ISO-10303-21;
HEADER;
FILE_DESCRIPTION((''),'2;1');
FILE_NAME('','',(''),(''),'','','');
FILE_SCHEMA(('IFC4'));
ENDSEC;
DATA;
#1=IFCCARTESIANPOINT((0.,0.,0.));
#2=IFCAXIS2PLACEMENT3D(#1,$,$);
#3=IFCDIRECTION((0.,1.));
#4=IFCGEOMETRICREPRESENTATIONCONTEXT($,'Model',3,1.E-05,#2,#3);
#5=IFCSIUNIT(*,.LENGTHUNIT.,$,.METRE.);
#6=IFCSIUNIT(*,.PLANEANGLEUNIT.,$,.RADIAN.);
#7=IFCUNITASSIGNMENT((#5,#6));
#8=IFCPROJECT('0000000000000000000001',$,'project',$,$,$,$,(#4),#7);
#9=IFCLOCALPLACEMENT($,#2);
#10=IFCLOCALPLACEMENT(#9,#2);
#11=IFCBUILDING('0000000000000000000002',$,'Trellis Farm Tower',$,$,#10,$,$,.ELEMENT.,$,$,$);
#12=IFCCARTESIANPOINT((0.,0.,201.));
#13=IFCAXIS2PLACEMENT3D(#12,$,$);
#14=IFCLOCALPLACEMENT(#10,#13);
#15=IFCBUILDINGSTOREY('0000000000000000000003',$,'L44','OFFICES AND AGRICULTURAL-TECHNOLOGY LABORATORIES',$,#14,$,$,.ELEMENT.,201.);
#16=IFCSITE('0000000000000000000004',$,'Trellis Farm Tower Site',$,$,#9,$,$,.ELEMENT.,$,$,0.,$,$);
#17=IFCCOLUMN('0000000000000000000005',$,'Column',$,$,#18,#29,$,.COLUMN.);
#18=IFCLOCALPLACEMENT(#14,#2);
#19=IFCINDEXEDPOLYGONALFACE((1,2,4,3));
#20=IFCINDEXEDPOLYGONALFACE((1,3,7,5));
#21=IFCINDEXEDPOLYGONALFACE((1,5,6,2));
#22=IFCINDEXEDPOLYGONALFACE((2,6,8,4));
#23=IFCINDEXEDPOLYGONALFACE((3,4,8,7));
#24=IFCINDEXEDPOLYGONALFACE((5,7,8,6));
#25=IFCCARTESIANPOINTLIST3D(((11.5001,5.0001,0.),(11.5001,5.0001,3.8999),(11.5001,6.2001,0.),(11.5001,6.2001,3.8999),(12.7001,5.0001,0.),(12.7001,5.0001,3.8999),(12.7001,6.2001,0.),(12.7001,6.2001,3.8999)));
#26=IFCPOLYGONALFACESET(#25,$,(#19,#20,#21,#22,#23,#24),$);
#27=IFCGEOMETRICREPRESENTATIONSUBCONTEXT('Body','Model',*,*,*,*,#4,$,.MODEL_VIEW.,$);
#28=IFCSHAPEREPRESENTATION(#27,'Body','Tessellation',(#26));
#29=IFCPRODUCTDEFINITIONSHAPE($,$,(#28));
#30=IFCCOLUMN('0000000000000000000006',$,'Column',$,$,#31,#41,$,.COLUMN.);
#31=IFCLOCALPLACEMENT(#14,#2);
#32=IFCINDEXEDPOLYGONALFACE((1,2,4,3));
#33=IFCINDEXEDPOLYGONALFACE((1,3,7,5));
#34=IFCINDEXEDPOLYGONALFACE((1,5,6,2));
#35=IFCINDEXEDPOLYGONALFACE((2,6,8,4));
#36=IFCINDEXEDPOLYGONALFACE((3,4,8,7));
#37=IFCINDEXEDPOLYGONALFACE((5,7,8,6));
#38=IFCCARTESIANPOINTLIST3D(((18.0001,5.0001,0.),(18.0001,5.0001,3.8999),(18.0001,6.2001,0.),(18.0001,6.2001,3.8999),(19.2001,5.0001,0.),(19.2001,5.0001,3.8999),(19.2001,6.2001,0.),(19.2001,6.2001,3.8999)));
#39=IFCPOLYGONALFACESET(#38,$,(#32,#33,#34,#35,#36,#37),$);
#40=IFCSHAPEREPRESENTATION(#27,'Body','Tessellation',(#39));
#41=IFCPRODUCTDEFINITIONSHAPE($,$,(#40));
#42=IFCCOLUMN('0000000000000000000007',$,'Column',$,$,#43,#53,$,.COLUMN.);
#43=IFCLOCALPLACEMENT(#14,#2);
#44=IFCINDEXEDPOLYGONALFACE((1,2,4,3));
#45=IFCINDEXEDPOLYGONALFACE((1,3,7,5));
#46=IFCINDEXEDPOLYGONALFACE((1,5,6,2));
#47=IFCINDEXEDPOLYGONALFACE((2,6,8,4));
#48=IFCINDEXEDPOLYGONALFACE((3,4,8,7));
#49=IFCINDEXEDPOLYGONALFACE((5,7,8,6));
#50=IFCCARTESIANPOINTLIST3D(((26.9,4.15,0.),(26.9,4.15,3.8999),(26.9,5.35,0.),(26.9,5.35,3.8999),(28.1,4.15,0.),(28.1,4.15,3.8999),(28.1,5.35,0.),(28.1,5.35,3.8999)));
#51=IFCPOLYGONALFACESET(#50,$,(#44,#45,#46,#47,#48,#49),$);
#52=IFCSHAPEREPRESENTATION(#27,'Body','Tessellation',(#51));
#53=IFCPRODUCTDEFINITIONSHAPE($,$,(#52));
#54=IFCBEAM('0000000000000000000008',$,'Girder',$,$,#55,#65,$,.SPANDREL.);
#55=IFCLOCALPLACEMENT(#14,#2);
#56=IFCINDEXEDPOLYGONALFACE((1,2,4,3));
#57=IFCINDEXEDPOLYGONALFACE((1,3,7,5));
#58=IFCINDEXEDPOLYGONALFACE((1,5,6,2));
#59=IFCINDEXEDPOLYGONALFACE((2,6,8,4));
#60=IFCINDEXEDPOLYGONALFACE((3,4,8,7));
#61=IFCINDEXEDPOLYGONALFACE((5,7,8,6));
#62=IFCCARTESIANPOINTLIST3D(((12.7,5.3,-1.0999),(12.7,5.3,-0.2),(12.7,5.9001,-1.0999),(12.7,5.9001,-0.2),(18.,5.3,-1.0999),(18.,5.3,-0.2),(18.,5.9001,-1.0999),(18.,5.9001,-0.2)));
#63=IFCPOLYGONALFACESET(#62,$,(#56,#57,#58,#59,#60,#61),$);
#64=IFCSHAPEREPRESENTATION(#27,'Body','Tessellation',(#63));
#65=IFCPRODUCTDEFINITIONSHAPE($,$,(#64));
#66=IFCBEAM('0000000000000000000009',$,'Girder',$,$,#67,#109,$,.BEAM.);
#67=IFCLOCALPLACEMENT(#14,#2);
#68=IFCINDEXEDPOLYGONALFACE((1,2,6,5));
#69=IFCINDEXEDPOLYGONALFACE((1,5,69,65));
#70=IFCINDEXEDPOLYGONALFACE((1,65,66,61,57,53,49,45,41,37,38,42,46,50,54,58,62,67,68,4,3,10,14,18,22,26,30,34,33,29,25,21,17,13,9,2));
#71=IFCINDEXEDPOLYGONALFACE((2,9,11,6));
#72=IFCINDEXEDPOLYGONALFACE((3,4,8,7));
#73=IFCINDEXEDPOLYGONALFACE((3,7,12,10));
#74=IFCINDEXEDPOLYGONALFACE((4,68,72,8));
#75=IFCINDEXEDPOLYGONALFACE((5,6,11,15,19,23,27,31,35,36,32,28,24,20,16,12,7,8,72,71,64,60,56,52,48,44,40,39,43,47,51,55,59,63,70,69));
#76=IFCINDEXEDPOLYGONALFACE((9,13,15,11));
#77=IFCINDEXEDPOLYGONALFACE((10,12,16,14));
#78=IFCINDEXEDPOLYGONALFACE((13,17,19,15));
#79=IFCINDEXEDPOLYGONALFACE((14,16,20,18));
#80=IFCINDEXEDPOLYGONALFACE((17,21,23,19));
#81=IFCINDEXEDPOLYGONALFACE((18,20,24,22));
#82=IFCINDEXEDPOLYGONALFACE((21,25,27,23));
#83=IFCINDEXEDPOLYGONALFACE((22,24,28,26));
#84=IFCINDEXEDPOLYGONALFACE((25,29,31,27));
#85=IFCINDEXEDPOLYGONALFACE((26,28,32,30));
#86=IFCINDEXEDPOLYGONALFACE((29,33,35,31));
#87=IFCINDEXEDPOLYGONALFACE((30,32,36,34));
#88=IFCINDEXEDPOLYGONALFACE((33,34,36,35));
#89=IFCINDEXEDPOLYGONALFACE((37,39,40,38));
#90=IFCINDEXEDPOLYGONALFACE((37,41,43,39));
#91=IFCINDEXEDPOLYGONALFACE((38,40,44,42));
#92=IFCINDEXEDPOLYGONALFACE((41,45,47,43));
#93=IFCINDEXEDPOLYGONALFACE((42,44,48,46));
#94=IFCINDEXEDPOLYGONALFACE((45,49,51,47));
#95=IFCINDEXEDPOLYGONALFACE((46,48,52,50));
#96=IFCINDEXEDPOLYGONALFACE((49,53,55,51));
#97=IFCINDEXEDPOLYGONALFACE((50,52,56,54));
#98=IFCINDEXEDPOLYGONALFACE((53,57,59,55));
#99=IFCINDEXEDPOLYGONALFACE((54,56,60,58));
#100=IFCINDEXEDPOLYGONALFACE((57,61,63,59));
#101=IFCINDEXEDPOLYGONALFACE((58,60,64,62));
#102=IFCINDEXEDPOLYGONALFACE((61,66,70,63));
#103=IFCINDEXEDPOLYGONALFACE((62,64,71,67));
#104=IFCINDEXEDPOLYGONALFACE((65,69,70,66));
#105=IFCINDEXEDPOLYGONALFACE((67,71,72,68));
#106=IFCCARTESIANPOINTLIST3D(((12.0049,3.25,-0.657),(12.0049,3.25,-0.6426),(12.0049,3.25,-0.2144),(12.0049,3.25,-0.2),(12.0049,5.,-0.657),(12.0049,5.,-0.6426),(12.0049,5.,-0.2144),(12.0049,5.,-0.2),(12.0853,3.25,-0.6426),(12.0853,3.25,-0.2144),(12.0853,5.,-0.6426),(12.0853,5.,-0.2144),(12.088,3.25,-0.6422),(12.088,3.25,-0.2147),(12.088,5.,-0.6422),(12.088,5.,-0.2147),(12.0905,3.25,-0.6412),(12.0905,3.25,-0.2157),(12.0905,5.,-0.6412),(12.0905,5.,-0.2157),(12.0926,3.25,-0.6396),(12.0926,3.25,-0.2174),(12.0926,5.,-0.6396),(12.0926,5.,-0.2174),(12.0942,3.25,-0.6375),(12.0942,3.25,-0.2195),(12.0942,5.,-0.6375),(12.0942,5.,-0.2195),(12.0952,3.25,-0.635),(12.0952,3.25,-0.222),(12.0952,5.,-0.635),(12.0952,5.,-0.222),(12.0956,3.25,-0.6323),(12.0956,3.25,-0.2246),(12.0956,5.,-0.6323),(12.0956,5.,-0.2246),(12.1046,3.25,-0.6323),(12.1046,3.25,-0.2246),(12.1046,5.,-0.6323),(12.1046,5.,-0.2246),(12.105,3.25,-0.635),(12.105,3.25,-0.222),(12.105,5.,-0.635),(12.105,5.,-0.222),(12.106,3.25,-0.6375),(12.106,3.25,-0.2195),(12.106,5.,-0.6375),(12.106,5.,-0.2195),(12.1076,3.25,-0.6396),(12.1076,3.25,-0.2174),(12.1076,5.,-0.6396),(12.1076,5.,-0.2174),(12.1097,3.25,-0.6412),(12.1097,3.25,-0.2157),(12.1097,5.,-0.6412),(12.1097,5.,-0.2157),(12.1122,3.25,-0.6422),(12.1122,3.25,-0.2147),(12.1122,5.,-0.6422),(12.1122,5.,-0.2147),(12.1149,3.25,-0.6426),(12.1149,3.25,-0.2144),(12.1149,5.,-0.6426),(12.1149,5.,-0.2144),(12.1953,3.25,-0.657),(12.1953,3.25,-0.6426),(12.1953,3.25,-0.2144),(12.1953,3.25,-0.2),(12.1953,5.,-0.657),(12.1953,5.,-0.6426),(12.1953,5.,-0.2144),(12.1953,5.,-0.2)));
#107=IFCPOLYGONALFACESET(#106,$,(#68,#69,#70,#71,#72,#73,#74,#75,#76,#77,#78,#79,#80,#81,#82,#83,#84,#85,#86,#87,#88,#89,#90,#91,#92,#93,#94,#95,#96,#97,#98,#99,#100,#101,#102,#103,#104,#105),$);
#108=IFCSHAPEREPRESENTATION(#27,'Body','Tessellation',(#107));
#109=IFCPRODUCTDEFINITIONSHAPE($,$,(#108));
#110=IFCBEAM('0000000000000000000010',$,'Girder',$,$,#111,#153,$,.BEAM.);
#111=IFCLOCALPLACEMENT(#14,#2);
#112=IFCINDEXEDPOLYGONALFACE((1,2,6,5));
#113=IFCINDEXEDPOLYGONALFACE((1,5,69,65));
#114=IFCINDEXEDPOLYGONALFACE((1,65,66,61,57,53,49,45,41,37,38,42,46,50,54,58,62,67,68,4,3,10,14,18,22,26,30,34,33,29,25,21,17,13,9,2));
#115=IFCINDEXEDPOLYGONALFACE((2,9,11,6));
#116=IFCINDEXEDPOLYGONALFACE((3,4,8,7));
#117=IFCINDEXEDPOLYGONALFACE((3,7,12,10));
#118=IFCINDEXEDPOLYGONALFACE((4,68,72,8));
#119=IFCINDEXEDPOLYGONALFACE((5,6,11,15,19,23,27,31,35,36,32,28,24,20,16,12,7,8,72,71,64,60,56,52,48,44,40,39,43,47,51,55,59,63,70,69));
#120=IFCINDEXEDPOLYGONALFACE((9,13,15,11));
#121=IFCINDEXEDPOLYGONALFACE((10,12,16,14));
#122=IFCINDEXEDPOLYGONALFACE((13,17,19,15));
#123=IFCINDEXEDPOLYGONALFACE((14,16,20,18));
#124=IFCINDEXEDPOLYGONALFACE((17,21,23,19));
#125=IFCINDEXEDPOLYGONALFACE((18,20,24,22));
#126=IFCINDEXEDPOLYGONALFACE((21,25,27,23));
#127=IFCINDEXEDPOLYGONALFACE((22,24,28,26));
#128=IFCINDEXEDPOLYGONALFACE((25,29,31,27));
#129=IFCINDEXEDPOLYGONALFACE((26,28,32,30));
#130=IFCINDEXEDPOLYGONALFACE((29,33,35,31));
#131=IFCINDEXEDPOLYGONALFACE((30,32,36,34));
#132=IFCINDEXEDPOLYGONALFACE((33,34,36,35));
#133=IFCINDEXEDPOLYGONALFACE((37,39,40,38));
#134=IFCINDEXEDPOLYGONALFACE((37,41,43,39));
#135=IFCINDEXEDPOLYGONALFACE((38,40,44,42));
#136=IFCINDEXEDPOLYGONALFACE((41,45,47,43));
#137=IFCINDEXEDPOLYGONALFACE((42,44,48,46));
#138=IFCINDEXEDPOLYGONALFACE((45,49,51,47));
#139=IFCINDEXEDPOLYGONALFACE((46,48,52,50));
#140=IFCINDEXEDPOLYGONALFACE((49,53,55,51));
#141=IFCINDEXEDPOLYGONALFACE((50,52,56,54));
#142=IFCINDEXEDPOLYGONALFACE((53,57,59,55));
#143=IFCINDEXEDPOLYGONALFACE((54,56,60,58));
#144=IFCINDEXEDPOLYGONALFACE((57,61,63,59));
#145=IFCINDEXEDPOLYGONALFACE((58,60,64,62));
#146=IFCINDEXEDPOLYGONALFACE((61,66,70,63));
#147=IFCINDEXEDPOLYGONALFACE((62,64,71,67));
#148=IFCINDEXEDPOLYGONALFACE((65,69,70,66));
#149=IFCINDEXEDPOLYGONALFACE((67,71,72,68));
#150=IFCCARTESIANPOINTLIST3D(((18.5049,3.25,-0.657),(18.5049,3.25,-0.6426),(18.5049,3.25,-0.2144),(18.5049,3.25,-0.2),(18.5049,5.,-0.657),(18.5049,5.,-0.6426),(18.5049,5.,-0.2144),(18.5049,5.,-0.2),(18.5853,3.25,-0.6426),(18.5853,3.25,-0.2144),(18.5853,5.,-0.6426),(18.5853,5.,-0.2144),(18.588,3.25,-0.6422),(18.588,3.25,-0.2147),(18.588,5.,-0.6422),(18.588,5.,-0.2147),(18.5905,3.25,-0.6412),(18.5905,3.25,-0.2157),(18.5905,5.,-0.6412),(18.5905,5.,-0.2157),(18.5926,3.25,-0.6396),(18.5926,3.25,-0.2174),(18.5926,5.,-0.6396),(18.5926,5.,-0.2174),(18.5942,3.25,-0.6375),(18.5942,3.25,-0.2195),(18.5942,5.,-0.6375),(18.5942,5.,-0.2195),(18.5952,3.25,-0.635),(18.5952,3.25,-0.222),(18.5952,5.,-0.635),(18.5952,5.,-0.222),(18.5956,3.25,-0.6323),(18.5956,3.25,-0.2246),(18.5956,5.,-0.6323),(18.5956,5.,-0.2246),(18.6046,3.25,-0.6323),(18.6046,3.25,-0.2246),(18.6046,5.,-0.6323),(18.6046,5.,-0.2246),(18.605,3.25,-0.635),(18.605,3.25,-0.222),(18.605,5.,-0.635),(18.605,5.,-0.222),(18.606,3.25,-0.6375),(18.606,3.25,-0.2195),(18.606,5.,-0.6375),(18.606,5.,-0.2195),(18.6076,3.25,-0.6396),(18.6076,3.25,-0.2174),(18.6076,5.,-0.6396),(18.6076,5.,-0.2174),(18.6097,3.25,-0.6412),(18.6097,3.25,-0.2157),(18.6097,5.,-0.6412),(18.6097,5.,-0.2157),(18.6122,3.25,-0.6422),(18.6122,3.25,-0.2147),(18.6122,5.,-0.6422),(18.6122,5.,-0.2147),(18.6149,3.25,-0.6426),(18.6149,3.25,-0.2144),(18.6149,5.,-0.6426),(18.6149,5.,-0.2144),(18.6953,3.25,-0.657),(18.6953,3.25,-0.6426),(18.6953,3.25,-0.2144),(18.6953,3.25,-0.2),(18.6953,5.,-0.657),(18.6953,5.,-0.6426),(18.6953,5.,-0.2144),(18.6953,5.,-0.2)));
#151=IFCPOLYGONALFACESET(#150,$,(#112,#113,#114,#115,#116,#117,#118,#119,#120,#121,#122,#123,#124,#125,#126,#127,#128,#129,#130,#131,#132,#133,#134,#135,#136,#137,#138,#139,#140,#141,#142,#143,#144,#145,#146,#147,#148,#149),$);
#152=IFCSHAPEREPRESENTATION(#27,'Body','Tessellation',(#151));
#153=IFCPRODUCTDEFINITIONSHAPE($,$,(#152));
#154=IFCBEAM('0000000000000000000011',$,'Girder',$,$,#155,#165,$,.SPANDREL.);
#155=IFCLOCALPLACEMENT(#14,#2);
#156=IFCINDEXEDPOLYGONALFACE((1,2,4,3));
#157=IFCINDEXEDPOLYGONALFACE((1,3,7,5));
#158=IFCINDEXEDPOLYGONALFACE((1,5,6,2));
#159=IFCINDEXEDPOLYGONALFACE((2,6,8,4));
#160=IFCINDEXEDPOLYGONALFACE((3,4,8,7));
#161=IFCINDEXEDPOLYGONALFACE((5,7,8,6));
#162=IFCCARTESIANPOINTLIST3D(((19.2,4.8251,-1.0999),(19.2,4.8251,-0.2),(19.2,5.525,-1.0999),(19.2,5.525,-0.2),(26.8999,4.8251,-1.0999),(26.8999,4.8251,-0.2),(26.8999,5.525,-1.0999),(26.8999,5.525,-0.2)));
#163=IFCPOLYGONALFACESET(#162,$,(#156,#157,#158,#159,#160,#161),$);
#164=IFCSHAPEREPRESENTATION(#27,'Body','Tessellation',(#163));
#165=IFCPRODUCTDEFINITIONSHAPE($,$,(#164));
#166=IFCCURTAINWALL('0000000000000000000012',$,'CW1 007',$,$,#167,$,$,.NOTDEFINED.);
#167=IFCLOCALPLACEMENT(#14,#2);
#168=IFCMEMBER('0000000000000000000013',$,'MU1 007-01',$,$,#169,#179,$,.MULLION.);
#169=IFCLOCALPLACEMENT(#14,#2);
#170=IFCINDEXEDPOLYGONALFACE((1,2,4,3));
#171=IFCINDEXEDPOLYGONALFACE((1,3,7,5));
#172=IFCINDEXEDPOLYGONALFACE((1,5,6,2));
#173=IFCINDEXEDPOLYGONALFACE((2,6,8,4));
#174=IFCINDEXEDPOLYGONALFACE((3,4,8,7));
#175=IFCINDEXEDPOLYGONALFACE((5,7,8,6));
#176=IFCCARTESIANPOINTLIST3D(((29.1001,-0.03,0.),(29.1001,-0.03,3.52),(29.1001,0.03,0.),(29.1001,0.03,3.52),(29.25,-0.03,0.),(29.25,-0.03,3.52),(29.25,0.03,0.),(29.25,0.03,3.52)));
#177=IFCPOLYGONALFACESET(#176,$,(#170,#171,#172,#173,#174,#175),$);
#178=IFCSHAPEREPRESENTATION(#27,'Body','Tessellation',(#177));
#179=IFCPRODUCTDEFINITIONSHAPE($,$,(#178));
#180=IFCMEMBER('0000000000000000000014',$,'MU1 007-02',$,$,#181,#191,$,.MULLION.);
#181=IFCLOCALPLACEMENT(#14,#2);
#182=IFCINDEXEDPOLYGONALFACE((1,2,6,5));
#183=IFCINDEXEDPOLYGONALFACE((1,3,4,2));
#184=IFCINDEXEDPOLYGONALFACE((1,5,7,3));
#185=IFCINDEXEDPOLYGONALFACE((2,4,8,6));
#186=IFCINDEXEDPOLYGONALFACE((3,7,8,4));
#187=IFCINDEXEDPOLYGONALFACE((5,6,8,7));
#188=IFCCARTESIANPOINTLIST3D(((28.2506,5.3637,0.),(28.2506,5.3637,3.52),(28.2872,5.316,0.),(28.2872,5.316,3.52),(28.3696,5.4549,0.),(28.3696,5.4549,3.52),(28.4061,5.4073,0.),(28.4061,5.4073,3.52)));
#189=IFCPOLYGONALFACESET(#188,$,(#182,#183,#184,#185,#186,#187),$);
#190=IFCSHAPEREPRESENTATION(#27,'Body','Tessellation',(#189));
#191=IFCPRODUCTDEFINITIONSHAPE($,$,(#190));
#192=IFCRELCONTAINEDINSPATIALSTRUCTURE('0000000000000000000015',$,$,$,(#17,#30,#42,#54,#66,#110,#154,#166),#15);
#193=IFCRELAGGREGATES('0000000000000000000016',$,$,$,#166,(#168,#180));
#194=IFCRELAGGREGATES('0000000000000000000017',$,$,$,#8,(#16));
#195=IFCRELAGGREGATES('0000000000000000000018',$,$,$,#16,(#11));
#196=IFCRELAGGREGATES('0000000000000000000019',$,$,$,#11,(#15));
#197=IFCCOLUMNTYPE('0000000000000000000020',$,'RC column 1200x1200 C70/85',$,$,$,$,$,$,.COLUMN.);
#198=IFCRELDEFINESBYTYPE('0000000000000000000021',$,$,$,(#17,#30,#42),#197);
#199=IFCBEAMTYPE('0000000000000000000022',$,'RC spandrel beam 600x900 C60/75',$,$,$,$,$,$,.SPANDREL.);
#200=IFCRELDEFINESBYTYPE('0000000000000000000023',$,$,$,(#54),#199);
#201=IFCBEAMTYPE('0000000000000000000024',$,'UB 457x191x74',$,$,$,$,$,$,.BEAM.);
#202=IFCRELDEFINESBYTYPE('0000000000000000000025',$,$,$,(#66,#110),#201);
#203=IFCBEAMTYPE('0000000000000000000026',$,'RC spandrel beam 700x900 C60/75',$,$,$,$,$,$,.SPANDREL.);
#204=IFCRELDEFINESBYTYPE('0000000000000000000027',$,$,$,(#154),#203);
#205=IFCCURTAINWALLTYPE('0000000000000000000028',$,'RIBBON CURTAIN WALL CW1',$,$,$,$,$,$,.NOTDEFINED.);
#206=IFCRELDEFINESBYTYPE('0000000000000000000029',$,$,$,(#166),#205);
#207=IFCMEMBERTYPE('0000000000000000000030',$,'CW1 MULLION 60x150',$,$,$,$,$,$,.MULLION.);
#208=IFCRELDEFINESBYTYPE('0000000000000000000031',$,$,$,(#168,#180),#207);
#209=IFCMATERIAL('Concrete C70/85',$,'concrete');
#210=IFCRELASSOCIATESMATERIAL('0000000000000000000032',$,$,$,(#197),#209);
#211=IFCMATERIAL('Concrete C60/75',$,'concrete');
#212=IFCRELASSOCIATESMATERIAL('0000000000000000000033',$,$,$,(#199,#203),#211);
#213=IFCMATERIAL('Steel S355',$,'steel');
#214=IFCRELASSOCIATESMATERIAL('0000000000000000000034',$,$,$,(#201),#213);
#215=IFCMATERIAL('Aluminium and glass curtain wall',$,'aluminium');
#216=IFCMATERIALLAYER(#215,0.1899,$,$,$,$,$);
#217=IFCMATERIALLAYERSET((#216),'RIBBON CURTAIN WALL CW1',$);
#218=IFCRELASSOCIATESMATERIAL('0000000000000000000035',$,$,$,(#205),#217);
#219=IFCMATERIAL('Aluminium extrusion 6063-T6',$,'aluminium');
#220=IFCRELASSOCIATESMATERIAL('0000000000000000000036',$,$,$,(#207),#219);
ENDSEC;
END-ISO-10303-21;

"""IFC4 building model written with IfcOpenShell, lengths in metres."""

from ifc_helpers import new_model, si_unit, direction, frame, origin, origin_2d, place, context, subcontext, project, spatial, rectangle, i_section, extrude, source, transform, mapped, material, layer, layer_set, material_profile, profile_set, type_object, element, aggregate, save


model = new_model("IFC4")

# Units and contexts
model_context = context("Model", 3, precision=1e-05, world=origin(), true_north=direction((0.0, 1.0)))
body_context = subcontext(model_context, "Body", "Model", "MODEL_VIEW")
ifc_project = project(units=[si_unit("LENGTHUNIT", "METRE"), si_unit("PLANEANGLEUNIT", "RADIAN")], contexts=[model_context])

# Site, building, storey
site_placement = place(None, origin())
site = spatial("IfcSite", under=ifc_project, at=site_placement, Name="Trellis Farm Tower Site", CompositionType="ELEMENT", RefElevation=0.0)
building_placement = place(site_placement, origin())
building = spatial("IfcBuilding", under=site, at=building_placement, Name="Trellis Farm Tower", CompositionType="ELEMENT")
storey_placement = place(building_placement, frame((0.0, 0.0, 201.0)))
storey = spatial("IfcBuildingStorey", under=building, at=storey_placement, Name="L44", Description="OFFICES AND AGRICULTURAL-TECHNOLOGY LABORATORIES", CompositionType="ELEMENT", Elevation=201.0)

# Columns
ifc_material_1 = material(Name="Concrete C70/85", Category="concrete")
ifc_material_profile_1 = material_profile(ifc_material_1, rectangle(XDim=1.2, YDim=1.2, at=origin_2d()), Name="RC column 1200x1200 C70/85")
ifc_profile_set_1 = profile_set([ifc_material_profile_1], Name="Concrete C70/85")
column_type = type_object("IfcColumnType", Name="RC column 1200x1200 C70/85", PredefinedType="COLUMN", material=ifc_profile_set_1)
shared_shape_1 = source(origin(), body_context, "Body", "SweptSolid", [
    extrude(rectangle(XDim=1.2, YDim=1.2, at=origin_2d()), origin(), (0.0, 0.0, 1.0), 3.8999),
])
for number, where, z_axis, x_axis, name in (
    (1, (12.1001, 5.6001, 0.0), (0.0, 0.0, 1.0), (1.0, 0.0, 0.0), "Column"),
    (2, (18.6001, 5.6001, 0.0), (0.0, 0.0, 1.0), (1.0, 0.0, 0.0), "Column"),
    (3, (27.5, 4.75, 0.0), (0.0, 0.0, 1.0), (1.0, 0.0, 0.0), "Column"),
):
    element("IfcColumn", number, at=place(storey_placement, frame(where, z_axis=z_axis, x_axis=x_axis)), inside=storey, type_object=column_type, Name=name, PredefinedType="COLUMN", context=body_context, shape_type="MappedRepresentation", body=[
        mapped(shared_shape_1, transform((0.0, 0.0, 0.0))),
    ])

# Beams
ifc_material_2 = material(Name="Concrete C60/75", Category="concrete")
ifc_material_profile_2 = material_profile(ifc_material_2, rectangle(XDim=0.6001, YDim=0.8999, at=origin_2d()), Name="RC spandrel beam 600x900 C60/75")
ifc_profile_set_2 = profile_set([ifc_material_profile_2], Name="Concrete C60/75")
beam_type_1 = type_object("IfcBeamType", Name="RC spandrel beam 600x900 C60/75", PredefinedType="SPANDREL", material=ifc_profile_set_2)
shared_shape_2 = source(origin(), body_context, "Body", "SweptSolid", [
    extrude(rectangle(XDim=0.6001, YDim=0.8999, at=origin_2d()), origin(), (0.0, 0.0, 1.0), 5.3),
])
beam_1_placement = place(storey_placement, frame((12.7, 5.6001, -0.6499), z_axis=(1.0, 0.0, 0.0), x_axis=(0.0, 1.0, 0.0)))
element("IfcBeam", 4, at=beam_1_placement, inside=storey, type_object=beam_type_1, Name="Girder", PredefinedType="SPANDREL", context=body_context, shape_type="MappedRepresentation", body=[
    mapped(shared_shape_2, transform((0.0, 0.0, 0.0))),
])
ifc_material_3 = material(Name="Steel S355", Category="steel")
ifc_material_profile_3 = material_profile(ifc_material_3, i_section(OverallWidth=0.1904, OverallDepth=0.457, WebThickness=0.009, FlangeThickness=0.0144, FilletRadius=0.0103, at=origin_2d()), Name="UB 457x191x74")
ifc_profile_set_3 = profile_set([ifc_material_profile_3], Name="Steel S355")
beam_type_2 = type_object("IfcBeamType", Name="UB 457x191x74", PredefinedType="BEAM", material=ifc_profile_set_3)
shared_shape_3 = source(origin(), body_context, "Body", "SweptSolid", [
    extrude(i_section(OverallWidth=0.1904, OverallDepth=0.457, WebThickness=0.009, FlangeThickness=0.0144, FilletRadius=0.0103, at=origin_2d()), origin(), (0.0, 0.0, 1.0), 1.75),
])
for number, where, z_axis, x_axis, name in (
    (5, (12.1001, 3.25, -0.4285), (0.0, 1.0, 0.0), (-1.0, 0.0, 0.0), "Girder"),
    (6, (18.6001, 3.25, -0.4285), (0.0, 1.0, 0.0), (-1.0, 0.0, 0.0), "Girder"),
):
    element("IfcBeam", number, at=place(storey_placement, frame(where, z_axis=z_axis, x_axis=x_axis)), inside=storey, type_object=beam_type_2, Name=name, PredefinedType="BEAM", context=body_context, shape_type="MappedRepresentation", body=[
        mapped(shared_shape_3, transform((0.0, 0.0, 0.0))),
    ])
ifc_material_profile_4 = material_profile(ifc_material_2, rectangle(XDim=0.7, YDim=0.8999, at=origin_2d()), Name="RC spandrel beam 700x900 C60/75")
ifc_profile_set_4 = profile_set([ifc_material_profile_4], Name="Concrete C60/75")
beam_type_3 = type_object("IfcBeamType", Name="RC spandrel beam 700x900 C60/75", PredefinedType="SPANDREL", material=ifc_profile_set_4)
shared_shape_4 = source(origin(), body_context, "Body", "SweptSolid", [
    extrude(rectangle(XDim=0.7, YDim=0.8999, at=origin_2d()), origin(), (0.0, 0.0, 1.0), 7.7),
])
beam_2_placement = place(storey_placement, frame((19.2, 5.175, -0.6499), z_axis=(1.0, 0.0, 0.0), x_axis=(0.0, 1.0, 0.0)))
element("IfcBeam", 7, at=beam_2_placement, inside=storey, type_object=beam_type_3, Name="Girder", PredefinedType="SPANDREL", context=body_context, shape_type="MappedRepresentation", body=[
    mapped(shared_shape_4, transform((0.0, 0.0, 0.0))),
])

# Curtain wall, members
ifc_material_4 = material(Name="Aluminium and glass curtain wall", Category="aluminium")
ifc_layer_1 = layer(ifc_material_4, 0.1899)
ifc_layer_set_1 = layer_set([ifc_layer_1], Name="RIBBON CURTAIN WALL CW1")
curtain_wall_type = type_object("IfcCurtainWallType", Name="RIBBON CURTAIN WALL CW1", PredefinedType="NOTDEFINED", material=ifc_layer_set_1)
placement = place(storey_placement, origin())
curtain_wall_1 = element("IfcCurtainWall", 8, at=placement, inside=storey, type_object=curtain_wall_type, Name="CW1 007", PredefinedType="NOTDEFINED")
ifc_material_5 = material(Name="Aluminium extrusion 6063-T6", Category="aluminium")
ifc_material_profile_5 = material_profile(ifc_material_5, rectangle(XDim=0.0601, YDim=0.1499, at=origin_2d()), Name="MULLION 60x150")
ifc_profile_set_5 = profile_set([ifc_material_profile_5], Name="Aluminium extrusion 6063-T6")
member_type = type_object("IfcMemberType", Name="CW1 MULLION 60x150", PredefinedType="MULLION", material=ifc_profile_set_5)
shared_shape_5 = source(origin(), body_context, "Body", "SweptSolid", [
    extrude(rectangle(XDim=0.0601, YDim=0.1499, at=origin_2d()), origin(), (0.0, 0.0, 1.0), 3.52),
])
member_1_placement = place(storey_placement, frame((29.175, 0.0, 0.0), z_axis=(0.0, 0.0, 1.0), x_axis=(0.0, 1.0, 0.0)))
member_1 = element("IfcMember", 9, at=member_1_placement, type_object=member_type, Name="MU1 007-01", PredefinedType="MULLION", context=body_context, shape_type="MappedRepresentation", body=[
    mapped(shared_shape_5, transform((0.0, 0.0, 0.0))),
])
member_2_placement = place(storey_placement, frame((28.3284, 5.3855, 0.0), z_axis=(0.0, 0.0, 1.0), x_axis=(-0.608761, 0.793353, 0.0)))
member_2 = element("IfcMember", 10, at=member_2_placement, type_object=member_type, Name="MU1 007-02", PredefinedType="MULLION", context=body_context, shape_type="MappedRepresentation", body=[
    mapped(shared_shape_5, transform((0.0, 0.0, 0.0))),
])
aggregate(curtain_wall_1, [member_1, member_2])

save(model, "model.ifc")
